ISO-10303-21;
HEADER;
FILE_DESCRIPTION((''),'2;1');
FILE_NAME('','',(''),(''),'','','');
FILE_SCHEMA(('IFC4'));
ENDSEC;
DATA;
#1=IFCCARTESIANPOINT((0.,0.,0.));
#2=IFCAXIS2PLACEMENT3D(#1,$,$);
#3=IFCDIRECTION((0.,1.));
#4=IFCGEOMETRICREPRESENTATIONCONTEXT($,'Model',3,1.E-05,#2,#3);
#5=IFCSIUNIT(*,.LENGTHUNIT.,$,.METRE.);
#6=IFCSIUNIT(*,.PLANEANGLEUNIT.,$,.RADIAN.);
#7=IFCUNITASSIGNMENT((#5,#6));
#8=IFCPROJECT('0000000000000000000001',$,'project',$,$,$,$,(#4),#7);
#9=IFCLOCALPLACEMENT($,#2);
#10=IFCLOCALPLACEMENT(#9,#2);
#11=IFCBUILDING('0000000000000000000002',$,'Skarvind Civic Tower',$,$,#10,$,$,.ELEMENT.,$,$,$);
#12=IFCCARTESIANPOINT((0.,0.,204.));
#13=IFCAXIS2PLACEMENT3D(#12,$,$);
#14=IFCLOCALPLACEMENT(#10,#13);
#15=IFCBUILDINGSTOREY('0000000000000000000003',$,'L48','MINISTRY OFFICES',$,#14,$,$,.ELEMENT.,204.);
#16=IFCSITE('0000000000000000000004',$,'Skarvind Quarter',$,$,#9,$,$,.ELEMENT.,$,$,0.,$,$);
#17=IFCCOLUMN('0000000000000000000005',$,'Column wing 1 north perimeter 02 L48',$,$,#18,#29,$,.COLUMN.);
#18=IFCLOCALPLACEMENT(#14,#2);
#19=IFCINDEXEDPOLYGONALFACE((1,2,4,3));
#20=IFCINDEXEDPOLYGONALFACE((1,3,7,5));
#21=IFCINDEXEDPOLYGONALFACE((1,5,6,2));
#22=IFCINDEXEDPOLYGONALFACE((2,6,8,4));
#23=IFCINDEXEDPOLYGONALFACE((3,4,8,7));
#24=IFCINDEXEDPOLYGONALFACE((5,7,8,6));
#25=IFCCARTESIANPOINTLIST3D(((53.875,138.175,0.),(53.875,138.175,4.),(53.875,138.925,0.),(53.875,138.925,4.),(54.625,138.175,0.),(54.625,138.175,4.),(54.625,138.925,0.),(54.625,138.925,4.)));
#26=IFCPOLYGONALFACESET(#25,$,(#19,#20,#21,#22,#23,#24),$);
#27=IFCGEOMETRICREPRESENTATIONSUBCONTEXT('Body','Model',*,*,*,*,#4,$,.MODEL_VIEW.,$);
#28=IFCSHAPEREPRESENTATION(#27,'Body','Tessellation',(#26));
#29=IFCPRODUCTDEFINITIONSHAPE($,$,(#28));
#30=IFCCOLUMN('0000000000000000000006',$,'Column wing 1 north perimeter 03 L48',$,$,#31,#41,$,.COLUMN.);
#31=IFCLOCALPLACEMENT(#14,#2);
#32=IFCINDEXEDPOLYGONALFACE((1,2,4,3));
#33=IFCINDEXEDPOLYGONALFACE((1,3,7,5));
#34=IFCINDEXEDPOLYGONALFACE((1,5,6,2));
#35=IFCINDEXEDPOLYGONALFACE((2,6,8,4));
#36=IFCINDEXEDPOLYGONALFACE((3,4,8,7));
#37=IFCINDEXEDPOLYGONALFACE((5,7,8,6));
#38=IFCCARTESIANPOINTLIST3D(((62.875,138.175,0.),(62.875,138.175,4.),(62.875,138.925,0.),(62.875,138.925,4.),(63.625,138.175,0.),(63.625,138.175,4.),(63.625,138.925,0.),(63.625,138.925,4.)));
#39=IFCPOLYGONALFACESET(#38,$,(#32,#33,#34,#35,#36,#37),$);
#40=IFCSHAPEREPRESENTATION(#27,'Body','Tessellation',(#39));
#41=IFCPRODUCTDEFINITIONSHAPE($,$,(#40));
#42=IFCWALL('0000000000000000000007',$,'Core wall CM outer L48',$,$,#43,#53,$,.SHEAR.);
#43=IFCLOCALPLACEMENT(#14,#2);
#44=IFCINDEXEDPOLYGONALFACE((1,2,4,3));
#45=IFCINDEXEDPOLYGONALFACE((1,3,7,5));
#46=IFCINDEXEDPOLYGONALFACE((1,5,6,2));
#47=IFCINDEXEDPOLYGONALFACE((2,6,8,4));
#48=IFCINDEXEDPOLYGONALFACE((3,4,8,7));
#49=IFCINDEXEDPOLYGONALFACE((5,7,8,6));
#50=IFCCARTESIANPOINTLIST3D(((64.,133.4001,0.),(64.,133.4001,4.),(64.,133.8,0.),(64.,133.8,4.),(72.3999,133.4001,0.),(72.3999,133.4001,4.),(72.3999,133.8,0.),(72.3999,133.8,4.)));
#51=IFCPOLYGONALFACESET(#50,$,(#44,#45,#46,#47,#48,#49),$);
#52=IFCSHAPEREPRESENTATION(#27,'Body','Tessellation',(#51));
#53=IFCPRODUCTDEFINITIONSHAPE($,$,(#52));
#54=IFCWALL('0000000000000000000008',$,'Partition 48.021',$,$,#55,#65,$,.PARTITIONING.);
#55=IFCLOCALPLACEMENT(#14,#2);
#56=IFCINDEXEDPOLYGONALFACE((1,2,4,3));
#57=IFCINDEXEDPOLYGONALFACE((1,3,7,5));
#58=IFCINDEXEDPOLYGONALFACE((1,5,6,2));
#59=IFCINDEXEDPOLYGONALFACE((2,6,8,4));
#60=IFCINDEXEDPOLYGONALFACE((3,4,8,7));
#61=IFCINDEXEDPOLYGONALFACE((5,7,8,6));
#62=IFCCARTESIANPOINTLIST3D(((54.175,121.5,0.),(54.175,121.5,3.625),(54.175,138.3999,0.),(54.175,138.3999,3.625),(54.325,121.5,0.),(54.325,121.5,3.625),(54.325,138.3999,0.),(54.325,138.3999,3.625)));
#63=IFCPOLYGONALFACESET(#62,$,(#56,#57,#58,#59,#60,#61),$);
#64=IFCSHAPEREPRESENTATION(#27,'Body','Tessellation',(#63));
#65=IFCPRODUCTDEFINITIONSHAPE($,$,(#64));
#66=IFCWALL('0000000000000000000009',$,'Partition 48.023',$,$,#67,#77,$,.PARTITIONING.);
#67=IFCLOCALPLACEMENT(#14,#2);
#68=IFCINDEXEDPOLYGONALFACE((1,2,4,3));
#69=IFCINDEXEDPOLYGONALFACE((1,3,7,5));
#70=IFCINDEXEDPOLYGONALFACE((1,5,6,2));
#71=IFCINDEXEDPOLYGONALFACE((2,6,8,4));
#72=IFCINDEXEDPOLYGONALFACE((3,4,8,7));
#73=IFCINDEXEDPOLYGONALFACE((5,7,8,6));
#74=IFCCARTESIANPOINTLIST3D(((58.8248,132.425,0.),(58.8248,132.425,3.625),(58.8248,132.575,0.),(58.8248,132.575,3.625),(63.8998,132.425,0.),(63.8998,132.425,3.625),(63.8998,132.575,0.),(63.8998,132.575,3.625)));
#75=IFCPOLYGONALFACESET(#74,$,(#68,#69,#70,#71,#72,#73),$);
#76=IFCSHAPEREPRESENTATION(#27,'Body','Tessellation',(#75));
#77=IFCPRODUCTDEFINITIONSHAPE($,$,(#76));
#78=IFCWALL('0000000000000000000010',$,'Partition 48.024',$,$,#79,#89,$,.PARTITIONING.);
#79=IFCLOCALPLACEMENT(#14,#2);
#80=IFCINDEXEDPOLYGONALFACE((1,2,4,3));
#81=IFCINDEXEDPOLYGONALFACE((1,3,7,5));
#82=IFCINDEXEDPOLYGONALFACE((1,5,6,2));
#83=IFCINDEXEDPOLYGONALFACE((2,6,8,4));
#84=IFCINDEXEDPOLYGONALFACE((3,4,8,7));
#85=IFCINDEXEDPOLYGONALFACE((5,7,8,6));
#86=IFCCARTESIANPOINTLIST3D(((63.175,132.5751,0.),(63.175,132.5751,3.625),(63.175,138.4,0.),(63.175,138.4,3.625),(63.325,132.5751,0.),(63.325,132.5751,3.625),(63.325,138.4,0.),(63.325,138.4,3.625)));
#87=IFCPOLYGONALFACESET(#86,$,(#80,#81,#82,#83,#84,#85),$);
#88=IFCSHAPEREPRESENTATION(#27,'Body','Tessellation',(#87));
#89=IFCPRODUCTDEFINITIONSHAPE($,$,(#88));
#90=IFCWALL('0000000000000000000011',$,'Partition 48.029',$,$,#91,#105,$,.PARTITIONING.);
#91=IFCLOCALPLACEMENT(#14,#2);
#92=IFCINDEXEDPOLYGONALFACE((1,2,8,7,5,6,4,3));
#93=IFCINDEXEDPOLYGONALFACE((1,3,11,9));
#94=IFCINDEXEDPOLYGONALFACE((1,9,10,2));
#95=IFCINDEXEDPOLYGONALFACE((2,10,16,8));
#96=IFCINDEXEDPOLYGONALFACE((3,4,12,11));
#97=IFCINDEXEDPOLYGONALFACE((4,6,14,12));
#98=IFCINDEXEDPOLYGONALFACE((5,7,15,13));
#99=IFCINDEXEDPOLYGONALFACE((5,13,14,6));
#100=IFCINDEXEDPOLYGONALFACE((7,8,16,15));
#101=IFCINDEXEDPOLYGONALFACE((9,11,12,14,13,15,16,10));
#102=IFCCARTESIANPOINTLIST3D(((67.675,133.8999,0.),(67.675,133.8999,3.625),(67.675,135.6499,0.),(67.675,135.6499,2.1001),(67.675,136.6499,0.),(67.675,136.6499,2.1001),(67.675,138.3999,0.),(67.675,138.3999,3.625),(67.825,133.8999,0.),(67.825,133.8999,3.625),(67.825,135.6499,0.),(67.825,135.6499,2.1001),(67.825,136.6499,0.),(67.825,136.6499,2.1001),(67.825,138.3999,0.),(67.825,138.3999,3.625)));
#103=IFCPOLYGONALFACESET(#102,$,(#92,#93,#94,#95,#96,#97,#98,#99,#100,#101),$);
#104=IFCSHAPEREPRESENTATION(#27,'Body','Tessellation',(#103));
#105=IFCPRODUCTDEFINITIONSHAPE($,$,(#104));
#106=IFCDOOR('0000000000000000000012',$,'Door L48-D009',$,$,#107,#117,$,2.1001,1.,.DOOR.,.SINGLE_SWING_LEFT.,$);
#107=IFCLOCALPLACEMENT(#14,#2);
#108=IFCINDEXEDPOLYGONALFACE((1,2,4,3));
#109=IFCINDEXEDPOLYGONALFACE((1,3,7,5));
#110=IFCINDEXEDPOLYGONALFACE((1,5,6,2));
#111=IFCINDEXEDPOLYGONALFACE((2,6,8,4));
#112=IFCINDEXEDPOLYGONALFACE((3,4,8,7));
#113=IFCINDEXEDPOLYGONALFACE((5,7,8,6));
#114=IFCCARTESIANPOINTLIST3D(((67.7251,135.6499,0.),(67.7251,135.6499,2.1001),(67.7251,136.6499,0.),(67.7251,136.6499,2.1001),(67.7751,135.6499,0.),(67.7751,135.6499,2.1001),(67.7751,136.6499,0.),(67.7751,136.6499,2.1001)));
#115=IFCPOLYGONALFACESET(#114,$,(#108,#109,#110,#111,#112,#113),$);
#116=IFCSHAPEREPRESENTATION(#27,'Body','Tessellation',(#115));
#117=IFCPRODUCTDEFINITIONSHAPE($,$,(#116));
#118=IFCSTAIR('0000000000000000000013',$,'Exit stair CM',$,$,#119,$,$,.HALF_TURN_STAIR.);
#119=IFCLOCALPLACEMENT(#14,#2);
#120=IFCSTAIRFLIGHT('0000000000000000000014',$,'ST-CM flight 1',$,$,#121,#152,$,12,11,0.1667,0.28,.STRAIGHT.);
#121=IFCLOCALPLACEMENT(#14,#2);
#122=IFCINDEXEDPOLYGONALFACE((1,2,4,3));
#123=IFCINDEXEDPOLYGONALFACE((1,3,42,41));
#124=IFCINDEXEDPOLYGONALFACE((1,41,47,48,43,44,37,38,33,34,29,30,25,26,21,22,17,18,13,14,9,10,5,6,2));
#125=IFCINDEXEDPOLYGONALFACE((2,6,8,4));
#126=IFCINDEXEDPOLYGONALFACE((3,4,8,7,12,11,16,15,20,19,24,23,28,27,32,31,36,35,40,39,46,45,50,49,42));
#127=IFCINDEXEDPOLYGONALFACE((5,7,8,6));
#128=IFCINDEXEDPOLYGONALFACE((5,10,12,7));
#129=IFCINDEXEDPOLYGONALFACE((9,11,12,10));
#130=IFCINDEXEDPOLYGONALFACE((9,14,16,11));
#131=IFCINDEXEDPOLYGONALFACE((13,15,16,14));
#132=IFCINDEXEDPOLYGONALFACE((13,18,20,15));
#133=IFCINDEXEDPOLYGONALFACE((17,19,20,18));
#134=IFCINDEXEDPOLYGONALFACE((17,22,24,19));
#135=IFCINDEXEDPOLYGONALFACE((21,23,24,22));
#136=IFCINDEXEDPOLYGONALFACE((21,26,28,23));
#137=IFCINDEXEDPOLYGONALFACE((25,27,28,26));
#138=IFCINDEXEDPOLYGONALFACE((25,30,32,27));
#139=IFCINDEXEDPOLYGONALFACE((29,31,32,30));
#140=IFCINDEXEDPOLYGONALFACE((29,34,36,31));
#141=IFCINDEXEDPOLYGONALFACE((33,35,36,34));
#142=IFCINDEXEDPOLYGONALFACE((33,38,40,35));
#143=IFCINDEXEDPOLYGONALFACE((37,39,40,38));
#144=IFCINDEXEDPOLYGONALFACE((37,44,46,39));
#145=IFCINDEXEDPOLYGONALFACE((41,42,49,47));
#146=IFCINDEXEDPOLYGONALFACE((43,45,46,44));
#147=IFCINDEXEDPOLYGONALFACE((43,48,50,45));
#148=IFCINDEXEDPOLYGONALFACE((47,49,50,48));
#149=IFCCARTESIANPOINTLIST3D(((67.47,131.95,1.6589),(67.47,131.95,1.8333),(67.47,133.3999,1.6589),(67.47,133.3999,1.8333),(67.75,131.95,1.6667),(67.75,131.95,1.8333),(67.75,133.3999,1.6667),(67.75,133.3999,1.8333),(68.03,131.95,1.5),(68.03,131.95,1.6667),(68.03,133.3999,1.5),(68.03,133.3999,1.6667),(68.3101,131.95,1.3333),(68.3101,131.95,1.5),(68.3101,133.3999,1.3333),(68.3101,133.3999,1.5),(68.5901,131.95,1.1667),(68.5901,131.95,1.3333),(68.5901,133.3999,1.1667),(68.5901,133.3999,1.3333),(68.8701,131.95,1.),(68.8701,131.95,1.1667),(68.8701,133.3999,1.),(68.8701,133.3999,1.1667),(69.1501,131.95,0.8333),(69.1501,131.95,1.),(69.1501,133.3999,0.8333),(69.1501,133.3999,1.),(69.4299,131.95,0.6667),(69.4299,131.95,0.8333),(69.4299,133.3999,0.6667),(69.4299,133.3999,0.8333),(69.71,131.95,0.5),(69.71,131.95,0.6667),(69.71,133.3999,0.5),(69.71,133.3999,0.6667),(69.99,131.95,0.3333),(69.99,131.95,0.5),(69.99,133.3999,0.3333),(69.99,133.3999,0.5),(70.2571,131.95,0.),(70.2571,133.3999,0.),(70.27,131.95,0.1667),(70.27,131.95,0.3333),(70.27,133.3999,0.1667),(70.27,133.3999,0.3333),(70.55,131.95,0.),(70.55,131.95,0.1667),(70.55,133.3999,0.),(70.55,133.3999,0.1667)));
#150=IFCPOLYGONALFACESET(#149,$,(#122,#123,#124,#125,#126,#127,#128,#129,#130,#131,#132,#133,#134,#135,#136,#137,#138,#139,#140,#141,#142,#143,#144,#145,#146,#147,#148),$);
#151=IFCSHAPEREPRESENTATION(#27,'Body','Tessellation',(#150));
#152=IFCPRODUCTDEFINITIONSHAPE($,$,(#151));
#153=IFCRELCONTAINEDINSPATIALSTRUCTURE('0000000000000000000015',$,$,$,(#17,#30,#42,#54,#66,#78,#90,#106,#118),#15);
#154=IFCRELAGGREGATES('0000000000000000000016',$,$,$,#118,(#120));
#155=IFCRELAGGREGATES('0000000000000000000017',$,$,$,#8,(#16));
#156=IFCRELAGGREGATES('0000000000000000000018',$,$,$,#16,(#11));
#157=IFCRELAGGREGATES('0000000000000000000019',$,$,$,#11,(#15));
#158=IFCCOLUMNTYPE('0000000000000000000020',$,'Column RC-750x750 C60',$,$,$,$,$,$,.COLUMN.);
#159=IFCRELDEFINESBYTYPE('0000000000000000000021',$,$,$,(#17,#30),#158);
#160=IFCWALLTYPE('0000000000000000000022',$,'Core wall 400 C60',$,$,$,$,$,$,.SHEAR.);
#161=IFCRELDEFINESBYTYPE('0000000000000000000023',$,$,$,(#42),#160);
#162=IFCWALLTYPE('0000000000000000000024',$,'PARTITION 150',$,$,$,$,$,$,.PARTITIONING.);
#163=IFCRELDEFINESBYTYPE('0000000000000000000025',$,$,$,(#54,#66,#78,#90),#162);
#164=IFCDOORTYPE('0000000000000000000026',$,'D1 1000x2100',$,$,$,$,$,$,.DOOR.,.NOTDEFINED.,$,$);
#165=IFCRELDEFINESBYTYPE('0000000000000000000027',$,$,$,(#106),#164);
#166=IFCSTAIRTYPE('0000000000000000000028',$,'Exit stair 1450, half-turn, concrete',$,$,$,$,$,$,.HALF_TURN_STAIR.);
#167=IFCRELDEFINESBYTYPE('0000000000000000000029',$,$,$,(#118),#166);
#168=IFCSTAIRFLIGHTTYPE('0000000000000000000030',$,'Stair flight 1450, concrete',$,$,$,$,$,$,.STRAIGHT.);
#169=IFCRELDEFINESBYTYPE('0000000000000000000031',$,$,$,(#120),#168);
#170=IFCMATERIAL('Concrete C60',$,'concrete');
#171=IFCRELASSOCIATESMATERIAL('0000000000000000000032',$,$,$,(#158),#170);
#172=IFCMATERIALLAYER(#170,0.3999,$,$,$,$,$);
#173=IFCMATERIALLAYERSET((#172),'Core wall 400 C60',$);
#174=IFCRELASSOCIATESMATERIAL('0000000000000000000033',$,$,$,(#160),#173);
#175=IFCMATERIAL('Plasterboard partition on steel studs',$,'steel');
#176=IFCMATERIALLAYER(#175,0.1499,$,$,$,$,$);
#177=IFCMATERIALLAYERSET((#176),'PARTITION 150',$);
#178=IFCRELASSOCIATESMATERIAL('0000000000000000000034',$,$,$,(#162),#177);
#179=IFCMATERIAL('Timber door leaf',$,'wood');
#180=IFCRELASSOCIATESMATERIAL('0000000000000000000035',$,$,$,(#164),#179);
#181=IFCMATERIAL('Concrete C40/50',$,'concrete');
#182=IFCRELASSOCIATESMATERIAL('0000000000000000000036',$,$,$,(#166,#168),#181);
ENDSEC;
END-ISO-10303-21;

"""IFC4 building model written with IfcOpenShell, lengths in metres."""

from ifc_helpers import new_model, si_unit, direction, frame, frame_2d, origin, origin_2d, place, context, subcontext, project, spatial, polyline, rectangle, outline, extrude, material, layer, layer_set, material_profile, profile_set, type_object, element, fill, aggregate, save


model = new_model("IFC4")

# Units and contexts
model_context = context("Model", 3, precision=1e-05, world=origin(), true_north=direction((0.0, 1.0)))
body_context = subcontext(model_context, "Body", "Model", "MODEL_VIEW")
ifc_project = project(units=[si_unit("LENGTHUNIT", "METRE"), si_unit("PLANEANGLEUNIT", "RADIAN")], contexts=[model_context])

# Site, building, storey
site_placement = place(None, origin())
site = spatial("IfcSite", under=ifc_project, at=site_placement, Name="Skarvind Quarter", CompositionType="ELEMENT", RefElevation=0.0)
building_placement = place(site_placement, origin())
building = spatial("IfcBuilding", under=site, at=building_placement, Name="Skarvind Civic Tower", CompositionType="ELEMENT")
storey_placement = place(building_placement, frame((0.0, 0.0, 204.0)))
storey = spatial("IfcBuildingStorey", under=building, at=storey_placement, Name="L48", Description="MINISTRY OFFICES", CompositionType="ELEMENT", Elevation=204.0)

# Columns
ifc_material_1 = material(Name="Concrete C60", Category="concrete")
ifc_material_profile_1 = material_profile(ifc_material_1, rectangle(XDim=0.75, YDim=0.75, at=origin_2d()), Name="RC-750x750")
ifc_profile_set_1 = profile_set([ifc_material_profile_1], Name="Concrete C60")
column_type = type_object("IfcColumnType", Name="Column RC-750x750 C60", PredefinedType="COLUMN", material=ifc_profile_set_1)
for number, where, z_axis, x_axis, name in (
    (1, (54.25, 138.55, 0.0), (0.0, 0.0, 1.0), (1.0, 0.0, 0.0), "Column wing 1 north perimeter 02 L48"),
    (2, (63.25, 138.55, 0.0), (0.0, 0.0, 1.0), (1.0, 0.0, 0.0), "Column wing 1 north perimeter 03 L48"),
):
    element("IfcColumn", number, at=place(storey_placement, frame(where, z_axis=z_axis, x_axis=x_axis)), inside=storey, type_object=column_type, Name=name, PredefinedType="COLUMN", context=body_context, shape_type="SweptSolid", body=[
        extrude(rectangle(XDim=0.75, YDim=0.75, at=origin_2d()), origin(), (0.0, 0.0, 1.0), 4.0),
    ])

# Walls
ifc_layer_1 = layer(ifc_material_1, 0.3999)
ifc_layer_set_1 = layer_set([ifc_layer_1], Name="Core wall 400 C60")
wall_type_1 = type_object("IfcWallType", Name="Core wall 400 C60", PredefinedType="SHEAR", material=ifc_layer_set_1)
wall_1_placement = place(storey_placement, frame((64.0, 133.6001, 0.0), z_axis=(0.0, 0.0, 1.0), x_axis=(1.0, 0.0, 0.0)))
element("IfcWall", 3, at=wall_1_placement, inside=storey, type_object=wall_type_1, Name="Core wall CM outer L48", PredefinedType="SHEAR", context=body_context, shape_type="SweptSolid", body=[
    extrude(rectangle(XDim=8.3999, YDim=0.3999, at=frame_2d((4.2, 0.0))), origin(), (0.0, 0.0, 1.0), 4.0),
])
ifc_material_2 = material(Name="Plasterboard partition on steel studs", Category="steel")
ifc_layer_2 = layer(ifc_material_2, 0.1499)
ifc_layer_set_2 = layer_set([ifc_layer_2], Name="PARTITION 150")
wall_type_2 = type_object("IfcWallType", Name="PARTITION 150", PredefinedType="PARTITIONING", material=ifc_layer_set_2)
wall_2_placement = place(storey_placement, frame((54.25, 138.3999, 0.0), z_axis=(0.0, 0.0, 1.0), x_axis=(0.0, -1.0, 0.0)))
element("IfcWall", 4, at=wall_2_placement, inside=storey, type_object=wall_type_2, Name="Partition 48.021", PredefinedType="PARTITIONING", context=body_context, shape_type="SweptSolid", body=[
    extrude(rectangle(XDim=16.8999, YDim=0.1499, at=frame_2d((8.45, 0.0))), origin(), (0.0, 0.0, 1.0), 3.625),
])
wall_3_placement = place(storey_placement, frame((63.8999, 132.5, 0.0), z_axis=(0.0, 0.0, 1.0), x_axis=(-1.0, 0.0, 0.0)))
element("IfcWall", 5, at=wall_3_placement, inside=storey, type_object=wall_type_2, Name="Partition 48.023", PredefinedType="PARTITIONING", context=body_context, shape_type="SweptSolid", body=[
    extrude(rectangle(XDim=5.075, YDim=0.1499, at=frame_2d((2.5376, 0.0))), origin(), (0.0, 0.0, 1.0), 3.625),
])
wall_4_placement = place(storey_placement, frame((63.25, 132.575, 0.0), z_axis=(0.0, 0.0, 1.0), x_axis=(0.0, 1.0, 0.0)))
element("IfcWall", 6, at=wall_4_placement, inside=storey, type_object=wall_type_2, Name="Partition 48.024", PredefinedType="PARTITIONING", context=body_context, shape_type="SweptSolid", body=[
    extrude(rectangle(XDim=5.825, YDim=0.1499, at=frame_2d((2.9126, 0.0))), origin(), (0.0, 0.0, 1.0), 3.625),
])

# Wall, opening, door
wall_5_placement = place(storey_placement, frame((67.75, 133.8999, 0.0), z_axis=(0.0, 0.0, 1.0), x_axis=(0.0, 1.0, 0.0)))
wall_5 = element("IfcWall", 7, at=wall_5_placement, inside=storey, type_object=wall_type_2, Name="Partition 48.029", PredefinedType="PARTITIONING", context=body_context, shape_type="SweptSolid", body=[
    extrude(rectangle(XDim=4.5, YDim=0.1499, at=frame_2d((2.25, 0.0))), origin(), (0.0, 0.0, 1.0), 3.625),
])
opening_placement = place(wall_5_placement, frame((1.75, 0.0, 0.0)))
opening = element("IfcOpeningElement", 8, at=opening_placement, cuts=wall_5, PredefinedType="OPENING", context=body_context, shape_type="SweptSolid", body=[
    extrude(rectangle(XDim=1.0, YDim=2.1001, at=frame_2d((0.5, 1.05))), frame((0.0, 0.085, 0.0), z_axis=(0.0, -1.0, 0.0), x_axis=(1.0, 0.0, 0.0)), (0.0, 0.0, 1.0), 0.1699),
])
ifc_material_3 = material(Name="Timber door leaf", Category="wood")
door_type = type_object("IfcDoorType", Name="D1 1000x2100", OperationType="NOTDEFINED", PredefinedType="DOOR", material=ifc_material_3)
door_placement = place(opening_placement, origin())
door = element("IfcDoor", 9, at=door_placement, inside=storey, type_object=door_type, Name="Door L48-D009", OperationType="SINGLE_SWING_LEFT", OverallHeight=2.1001, OverallWidth=1.0, PredefinedType="DOOR", context=body_context, shape_type="SweptSolid", body=[
    extrude(rectangle(XDim=1.0, YDim=2.1001, at=frame_2d((0.5, 1.05))), frame((0.0, 0.0249, 0.0), z_axis=(0.0, -1.0, 0.0), x_axis=(1.0, 0.0, 0.0)), (0.0, 0.0, 1.0), 0.05),
])
fill(opening, door)

# Stair, stair flight
ifc_material_4 = material(Name="Concrete C40/50", Category="concrete")
stair_type = type_object("IfcStairType", Name="Exit stair 1450, half-turn, concrete", PredefinedType="HALF_TURN_STAIR", material=ifc_material_4)
stair_placement = place(storey_placement, origin())
stair = element("IfcStair", 10, at=stair_placement, inside=storey, type_object=stair_type, Name="Exit stair CM", PredefinedType="HALF_TURN_STAIR")
stair_flight_type = type_object("IfcStairFlightType", Name="Stair flight 1450, concrete", PredefinedType="STRAIGHT", material=ifc_material_4)
stair_flight_placement = place(storey_placement, frame((70.55, 132.675, 0.0), z_axis=(0.0, 0.0, 1.0), x_axis=(-1.0, 0.0, 0.0)))
stair_flight = element("IfcStairFlight", 11, at=stair_flight_placement, type_object=stair_flight_type, Name="ST-CM flight 1", NumberOfRisers=12, NumberOfTreads=11, PredefinedType="STRAIGHT", RiserHeight=0.1667, TreadLength=0.28, context=body_context, shape_type="SweptSolid", body=[
    extrude(outline(polyline([(0.0, 0.0), (0.0, 0.1667), (0.28, 0.1667), (0.28, 0.3333), (0.5601, 0.3333), (0.5601, 0.5), (0.8401, 0.5), (0.8401, 0.6667), (1.1201, 0.6667), (1.1201, 0.8333), (1.3999, 0.8333), (1.3999, 1.0), (1.6799, 1.0), (1.6799, 1.1667), (1.96, 1.1667), (1.96, 1.3333), (2.24, 1.3333), (2.24, 1.5), (2.52, 1.5), (2.52, 1.6667), (2.8, 1.6667), (2.8, 1.8333), (3.0801, 1.8333), (3.0801, 2.0), (3.0801, 1.6589), (0.293, 0.0), (0.0, 0.0)])), frame((0.0, 0.7251, 0.0), z_axis=(0.0, -1.0, 0.0), x_axis=(1.0, 0.0, 0.0)), (0.0, 0.0, 1.0), 1.45),
])
aggregate(stair, [stair_flight])

save(model, "model.ifc")
